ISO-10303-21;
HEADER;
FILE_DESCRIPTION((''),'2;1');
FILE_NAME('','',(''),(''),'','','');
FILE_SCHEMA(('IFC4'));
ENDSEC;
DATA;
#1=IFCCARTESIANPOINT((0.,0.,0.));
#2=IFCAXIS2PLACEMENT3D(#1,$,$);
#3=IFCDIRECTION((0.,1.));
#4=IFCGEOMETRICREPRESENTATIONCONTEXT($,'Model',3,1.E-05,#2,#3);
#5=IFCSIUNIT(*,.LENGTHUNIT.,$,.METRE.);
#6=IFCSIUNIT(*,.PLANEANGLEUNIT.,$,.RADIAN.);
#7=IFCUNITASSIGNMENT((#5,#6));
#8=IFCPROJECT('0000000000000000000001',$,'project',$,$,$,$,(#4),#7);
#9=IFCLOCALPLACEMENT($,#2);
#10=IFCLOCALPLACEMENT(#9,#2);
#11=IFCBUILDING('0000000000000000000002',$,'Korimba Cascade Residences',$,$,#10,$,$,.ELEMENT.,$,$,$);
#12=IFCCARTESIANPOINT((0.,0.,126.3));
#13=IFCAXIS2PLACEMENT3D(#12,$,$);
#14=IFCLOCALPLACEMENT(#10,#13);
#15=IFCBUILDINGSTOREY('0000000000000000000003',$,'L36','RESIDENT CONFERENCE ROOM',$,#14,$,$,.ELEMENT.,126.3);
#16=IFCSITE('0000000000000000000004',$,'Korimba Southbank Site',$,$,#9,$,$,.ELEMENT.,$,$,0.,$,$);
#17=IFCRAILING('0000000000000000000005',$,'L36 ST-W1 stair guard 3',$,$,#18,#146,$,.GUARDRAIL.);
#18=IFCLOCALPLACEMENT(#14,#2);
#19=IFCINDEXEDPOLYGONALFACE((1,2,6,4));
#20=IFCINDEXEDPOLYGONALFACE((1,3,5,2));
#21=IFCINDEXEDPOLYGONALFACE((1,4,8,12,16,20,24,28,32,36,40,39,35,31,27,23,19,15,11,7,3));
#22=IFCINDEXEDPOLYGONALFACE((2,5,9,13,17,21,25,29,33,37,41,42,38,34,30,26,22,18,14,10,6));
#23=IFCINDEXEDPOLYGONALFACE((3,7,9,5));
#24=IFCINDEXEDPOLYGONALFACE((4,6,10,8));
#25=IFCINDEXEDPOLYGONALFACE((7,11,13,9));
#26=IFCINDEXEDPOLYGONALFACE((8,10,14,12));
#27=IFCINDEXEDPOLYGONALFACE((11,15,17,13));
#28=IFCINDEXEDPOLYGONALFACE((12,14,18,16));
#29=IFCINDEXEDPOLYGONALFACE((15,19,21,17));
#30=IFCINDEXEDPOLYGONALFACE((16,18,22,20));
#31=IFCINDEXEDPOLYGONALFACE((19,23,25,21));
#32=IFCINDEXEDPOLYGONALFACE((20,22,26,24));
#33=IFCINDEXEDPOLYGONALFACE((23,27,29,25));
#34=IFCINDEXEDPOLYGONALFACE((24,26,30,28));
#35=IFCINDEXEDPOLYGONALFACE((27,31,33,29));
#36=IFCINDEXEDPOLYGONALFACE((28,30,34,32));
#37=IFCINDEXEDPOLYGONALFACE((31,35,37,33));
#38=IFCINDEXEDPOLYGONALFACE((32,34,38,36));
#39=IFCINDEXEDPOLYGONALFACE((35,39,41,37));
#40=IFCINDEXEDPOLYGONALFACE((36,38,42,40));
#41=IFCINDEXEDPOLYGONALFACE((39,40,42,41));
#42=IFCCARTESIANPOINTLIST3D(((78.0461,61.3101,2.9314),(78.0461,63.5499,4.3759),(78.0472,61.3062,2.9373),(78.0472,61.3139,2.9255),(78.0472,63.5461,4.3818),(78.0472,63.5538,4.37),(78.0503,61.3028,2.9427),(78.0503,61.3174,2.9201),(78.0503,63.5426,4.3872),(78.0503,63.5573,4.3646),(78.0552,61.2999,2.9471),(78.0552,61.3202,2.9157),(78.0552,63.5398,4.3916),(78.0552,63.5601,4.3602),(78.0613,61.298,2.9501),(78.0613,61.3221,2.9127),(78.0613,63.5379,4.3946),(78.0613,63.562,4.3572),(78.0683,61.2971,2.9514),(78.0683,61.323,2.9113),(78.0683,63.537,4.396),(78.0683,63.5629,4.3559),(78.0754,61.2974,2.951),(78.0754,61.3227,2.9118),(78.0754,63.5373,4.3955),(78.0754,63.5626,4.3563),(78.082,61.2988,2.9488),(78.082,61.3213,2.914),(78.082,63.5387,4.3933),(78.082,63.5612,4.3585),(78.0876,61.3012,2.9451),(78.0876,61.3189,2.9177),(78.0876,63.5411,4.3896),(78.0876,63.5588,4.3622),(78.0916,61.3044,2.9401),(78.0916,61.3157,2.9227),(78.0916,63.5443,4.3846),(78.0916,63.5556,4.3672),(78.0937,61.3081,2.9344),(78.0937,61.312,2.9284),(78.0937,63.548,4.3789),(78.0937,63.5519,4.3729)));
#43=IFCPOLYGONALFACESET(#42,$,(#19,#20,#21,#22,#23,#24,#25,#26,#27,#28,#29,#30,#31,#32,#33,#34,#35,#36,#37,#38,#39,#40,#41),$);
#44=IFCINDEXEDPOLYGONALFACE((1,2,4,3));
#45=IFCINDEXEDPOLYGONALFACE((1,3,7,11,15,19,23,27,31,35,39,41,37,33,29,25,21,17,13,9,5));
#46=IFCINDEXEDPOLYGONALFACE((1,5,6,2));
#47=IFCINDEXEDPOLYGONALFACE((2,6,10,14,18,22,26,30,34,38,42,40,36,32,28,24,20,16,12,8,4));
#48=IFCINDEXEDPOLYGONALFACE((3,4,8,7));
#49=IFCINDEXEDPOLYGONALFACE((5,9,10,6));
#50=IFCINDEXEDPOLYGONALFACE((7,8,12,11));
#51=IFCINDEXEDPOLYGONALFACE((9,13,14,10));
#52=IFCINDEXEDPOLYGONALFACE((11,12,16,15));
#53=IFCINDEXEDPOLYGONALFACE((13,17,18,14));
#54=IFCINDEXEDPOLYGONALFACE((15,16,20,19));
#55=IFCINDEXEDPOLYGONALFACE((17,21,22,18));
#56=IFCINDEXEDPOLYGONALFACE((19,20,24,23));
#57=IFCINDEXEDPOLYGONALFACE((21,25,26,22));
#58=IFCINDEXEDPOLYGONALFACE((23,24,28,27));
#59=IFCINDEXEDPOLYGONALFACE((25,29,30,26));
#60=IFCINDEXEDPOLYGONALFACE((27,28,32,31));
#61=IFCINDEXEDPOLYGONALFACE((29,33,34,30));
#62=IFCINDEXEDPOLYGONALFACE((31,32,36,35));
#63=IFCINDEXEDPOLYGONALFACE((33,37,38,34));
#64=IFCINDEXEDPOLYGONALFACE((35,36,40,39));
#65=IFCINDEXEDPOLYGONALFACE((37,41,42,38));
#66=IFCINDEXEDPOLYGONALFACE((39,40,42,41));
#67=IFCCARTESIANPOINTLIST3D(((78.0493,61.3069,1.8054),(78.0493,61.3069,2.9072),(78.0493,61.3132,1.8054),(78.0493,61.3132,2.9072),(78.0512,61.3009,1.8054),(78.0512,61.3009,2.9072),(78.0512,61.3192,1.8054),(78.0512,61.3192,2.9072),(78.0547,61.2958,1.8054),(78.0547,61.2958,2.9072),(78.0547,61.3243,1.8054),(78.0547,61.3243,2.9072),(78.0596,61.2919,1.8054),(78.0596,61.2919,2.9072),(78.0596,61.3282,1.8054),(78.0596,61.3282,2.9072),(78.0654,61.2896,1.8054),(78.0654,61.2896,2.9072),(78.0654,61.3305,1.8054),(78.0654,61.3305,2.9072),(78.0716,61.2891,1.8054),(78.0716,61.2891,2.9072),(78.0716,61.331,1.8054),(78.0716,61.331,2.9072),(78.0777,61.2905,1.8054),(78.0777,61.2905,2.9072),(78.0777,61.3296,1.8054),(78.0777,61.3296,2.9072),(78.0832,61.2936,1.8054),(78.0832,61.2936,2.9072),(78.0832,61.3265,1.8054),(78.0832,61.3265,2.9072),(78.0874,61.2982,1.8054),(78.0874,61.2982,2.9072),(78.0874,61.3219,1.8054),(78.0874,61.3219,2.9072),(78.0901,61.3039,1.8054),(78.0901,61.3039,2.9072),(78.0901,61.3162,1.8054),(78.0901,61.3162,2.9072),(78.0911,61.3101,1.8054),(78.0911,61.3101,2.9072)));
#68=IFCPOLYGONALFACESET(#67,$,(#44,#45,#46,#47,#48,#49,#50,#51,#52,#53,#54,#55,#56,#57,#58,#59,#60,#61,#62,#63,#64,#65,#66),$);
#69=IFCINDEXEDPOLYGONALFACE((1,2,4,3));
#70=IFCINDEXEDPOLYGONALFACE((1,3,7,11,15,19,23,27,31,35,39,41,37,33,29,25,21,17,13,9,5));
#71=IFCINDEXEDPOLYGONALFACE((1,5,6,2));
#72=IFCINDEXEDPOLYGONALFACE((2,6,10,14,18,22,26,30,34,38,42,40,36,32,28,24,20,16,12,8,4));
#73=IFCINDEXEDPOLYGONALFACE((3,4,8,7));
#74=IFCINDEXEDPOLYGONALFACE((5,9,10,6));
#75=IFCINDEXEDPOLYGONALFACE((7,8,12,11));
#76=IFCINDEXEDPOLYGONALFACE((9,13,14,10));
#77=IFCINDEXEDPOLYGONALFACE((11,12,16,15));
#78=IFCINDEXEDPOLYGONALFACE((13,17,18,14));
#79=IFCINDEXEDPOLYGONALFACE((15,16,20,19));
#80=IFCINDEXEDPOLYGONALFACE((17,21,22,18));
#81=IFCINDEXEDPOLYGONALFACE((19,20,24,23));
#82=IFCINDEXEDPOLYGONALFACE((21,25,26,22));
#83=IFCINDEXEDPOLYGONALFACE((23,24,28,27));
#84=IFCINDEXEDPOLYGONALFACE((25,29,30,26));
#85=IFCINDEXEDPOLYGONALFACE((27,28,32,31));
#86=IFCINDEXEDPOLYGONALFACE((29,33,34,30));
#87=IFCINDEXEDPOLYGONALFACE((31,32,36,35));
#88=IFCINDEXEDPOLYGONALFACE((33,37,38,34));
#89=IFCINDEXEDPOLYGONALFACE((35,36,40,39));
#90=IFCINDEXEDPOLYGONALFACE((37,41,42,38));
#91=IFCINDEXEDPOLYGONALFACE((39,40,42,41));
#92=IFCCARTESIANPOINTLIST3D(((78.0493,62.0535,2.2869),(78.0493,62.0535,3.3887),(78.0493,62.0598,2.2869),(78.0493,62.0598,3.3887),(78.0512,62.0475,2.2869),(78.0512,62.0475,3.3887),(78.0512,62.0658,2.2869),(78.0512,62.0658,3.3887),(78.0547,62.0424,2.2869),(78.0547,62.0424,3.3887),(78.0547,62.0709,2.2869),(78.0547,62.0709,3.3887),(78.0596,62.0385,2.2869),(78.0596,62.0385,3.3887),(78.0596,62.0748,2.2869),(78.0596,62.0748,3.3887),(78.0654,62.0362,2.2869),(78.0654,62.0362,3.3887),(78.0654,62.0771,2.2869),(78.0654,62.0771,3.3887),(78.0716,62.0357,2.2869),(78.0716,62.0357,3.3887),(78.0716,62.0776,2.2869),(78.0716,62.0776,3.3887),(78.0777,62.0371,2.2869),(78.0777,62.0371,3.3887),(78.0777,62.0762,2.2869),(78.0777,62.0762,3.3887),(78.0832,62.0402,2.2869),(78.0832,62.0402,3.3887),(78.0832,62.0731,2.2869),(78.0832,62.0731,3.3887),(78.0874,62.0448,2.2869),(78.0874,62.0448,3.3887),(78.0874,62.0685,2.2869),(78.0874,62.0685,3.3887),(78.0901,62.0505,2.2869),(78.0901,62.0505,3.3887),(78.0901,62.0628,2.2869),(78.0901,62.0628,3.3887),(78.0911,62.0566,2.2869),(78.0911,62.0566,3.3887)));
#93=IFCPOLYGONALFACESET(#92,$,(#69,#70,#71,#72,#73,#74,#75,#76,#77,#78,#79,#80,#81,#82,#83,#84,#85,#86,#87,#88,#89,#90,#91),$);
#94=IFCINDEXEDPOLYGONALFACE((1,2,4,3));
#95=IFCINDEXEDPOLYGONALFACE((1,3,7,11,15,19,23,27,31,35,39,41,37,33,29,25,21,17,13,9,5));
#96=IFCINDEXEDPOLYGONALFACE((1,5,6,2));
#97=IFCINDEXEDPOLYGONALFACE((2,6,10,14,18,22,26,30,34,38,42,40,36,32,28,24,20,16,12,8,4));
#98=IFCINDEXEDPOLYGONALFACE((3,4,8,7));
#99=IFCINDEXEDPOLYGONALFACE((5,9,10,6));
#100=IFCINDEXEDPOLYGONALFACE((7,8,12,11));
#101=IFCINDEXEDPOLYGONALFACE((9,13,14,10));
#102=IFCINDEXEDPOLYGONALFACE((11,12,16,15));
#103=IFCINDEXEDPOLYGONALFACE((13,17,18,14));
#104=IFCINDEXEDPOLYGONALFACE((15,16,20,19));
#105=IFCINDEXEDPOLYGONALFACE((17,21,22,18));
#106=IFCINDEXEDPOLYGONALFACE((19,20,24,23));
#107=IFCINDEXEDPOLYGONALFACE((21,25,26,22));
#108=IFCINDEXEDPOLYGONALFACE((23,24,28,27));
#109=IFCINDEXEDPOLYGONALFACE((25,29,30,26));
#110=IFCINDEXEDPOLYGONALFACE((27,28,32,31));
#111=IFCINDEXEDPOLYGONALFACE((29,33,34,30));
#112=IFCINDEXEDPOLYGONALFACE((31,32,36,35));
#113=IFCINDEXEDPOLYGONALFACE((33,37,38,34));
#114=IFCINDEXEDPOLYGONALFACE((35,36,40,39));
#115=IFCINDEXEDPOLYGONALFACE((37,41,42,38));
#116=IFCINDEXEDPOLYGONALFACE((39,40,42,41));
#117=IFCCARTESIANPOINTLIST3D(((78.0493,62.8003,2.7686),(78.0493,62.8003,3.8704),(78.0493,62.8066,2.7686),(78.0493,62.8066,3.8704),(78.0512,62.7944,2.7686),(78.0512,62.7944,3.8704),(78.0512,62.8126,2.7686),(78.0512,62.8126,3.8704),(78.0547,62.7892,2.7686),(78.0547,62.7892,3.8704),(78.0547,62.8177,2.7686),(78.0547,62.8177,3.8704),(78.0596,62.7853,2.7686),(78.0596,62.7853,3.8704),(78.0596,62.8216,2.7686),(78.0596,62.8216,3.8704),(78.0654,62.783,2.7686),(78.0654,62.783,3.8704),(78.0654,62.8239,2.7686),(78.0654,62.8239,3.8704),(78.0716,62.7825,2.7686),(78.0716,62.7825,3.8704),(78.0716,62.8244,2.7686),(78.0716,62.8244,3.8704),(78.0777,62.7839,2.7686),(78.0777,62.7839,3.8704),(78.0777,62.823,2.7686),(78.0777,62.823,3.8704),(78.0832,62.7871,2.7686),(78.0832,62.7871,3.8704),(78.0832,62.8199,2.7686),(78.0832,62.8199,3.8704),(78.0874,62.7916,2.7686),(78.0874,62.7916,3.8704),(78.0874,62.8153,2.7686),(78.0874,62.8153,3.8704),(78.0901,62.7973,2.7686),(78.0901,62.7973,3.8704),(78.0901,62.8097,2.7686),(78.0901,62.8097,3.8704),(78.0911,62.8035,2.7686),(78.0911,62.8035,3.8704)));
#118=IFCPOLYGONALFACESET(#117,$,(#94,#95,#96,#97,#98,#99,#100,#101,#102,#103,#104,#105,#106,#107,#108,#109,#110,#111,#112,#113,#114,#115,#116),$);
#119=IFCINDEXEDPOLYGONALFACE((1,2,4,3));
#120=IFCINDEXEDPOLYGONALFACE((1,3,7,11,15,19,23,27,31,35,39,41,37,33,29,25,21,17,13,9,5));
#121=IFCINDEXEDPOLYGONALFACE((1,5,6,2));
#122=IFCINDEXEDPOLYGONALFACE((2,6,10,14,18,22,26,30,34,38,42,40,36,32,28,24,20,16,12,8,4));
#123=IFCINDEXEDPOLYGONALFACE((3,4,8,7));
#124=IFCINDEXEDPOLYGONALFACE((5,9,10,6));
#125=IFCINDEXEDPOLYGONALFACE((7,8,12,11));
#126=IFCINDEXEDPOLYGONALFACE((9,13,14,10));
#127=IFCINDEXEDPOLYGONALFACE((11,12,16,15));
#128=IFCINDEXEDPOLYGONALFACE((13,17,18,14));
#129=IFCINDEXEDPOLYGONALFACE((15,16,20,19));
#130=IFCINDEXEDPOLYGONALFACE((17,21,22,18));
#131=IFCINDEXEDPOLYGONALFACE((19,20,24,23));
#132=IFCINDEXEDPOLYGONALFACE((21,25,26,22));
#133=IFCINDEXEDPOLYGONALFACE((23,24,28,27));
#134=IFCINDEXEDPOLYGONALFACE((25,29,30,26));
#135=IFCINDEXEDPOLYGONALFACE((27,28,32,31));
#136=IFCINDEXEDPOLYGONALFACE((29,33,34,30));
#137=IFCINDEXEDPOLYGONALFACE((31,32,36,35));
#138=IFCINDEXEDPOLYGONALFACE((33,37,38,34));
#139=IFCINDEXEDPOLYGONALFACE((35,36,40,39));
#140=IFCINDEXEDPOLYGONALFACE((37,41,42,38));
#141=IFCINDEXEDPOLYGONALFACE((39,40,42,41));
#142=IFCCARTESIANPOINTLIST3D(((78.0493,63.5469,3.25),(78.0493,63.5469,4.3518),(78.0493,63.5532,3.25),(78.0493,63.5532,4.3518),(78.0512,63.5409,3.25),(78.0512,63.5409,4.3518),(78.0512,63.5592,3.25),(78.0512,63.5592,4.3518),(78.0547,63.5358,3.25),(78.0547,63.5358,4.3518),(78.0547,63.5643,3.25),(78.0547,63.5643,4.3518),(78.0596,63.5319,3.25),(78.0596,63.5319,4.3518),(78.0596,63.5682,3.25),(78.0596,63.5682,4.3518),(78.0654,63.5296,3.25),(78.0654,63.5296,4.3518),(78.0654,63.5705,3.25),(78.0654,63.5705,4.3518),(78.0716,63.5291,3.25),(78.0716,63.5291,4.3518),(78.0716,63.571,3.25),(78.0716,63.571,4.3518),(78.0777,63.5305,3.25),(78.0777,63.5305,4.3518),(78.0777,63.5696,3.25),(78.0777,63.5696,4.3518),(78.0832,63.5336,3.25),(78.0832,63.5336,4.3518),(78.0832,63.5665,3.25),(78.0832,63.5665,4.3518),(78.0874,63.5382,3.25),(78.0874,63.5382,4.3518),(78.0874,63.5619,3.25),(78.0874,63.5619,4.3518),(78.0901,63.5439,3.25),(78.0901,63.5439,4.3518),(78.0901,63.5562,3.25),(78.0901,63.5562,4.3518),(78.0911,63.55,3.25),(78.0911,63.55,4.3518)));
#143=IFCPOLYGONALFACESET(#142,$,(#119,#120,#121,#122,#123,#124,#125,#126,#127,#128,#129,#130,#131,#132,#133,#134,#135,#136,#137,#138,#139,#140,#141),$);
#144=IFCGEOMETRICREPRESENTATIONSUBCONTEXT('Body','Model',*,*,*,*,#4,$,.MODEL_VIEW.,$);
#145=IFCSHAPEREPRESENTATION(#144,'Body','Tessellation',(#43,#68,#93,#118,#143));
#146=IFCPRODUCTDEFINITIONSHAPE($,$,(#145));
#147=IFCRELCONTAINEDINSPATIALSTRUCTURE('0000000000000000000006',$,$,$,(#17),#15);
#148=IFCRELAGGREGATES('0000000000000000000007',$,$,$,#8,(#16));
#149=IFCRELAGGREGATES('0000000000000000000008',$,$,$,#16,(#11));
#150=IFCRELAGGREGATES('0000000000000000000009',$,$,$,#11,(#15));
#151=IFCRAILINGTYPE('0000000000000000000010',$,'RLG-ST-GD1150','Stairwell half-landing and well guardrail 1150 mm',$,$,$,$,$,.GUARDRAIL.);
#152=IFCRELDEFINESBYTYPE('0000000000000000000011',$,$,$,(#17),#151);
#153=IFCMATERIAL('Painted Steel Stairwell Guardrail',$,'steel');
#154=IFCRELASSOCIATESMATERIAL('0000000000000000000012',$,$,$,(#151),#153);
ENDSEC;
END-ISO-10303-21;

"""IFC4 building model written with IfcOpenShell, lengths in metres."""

from ifc_helpers import new_model, si_unit, direction, frame, origin, origin_2d, place, context, subcontext, project, spatial, circle, extrude, material, type_object, element, save


model = new_model("IFC4")

# Units and contexts
model_context = context("Model", 3, precision=1e-05, world=origin(), true_north=direction((0.0, 1.0)))
body_context = subcontext(model_context, "Body", "Model", "MODEL_VIEW")
ifc_project = project(units=[si_unit("LENGTHUNIT", "METRE"), si_unit("PLANEANGLEUNIT", "RADIAN")], contexts=[model_context])

# Site, building, storey
site_placement = place(None, origin())
site = spatial("IfcSite", under=ifc_project, at=site_placement, Name="Korimba Southbank Site", CompositionType="ELEMENT", RefElevation=0.0)
building_placement = place(site_placement, origin())
building = spatial("IfcBuilding", under=site, at=building_placement, Name="Korimba Cascade Residences", CompositionType="ELEMENT")
storey_placement = place(building_placement, frame((0.0, 0.0, 126.3)))
storey = spatial("IfcBuildingStorey", under=building, at=storey_placement, Name="L36", Description="RESIDENT CONFERENCE ROOM", CompositionType="ELEMENT", Elevation=126.3)

# Railing
ifc_material_1 = material(Name="Painted Steel Stairwell Guardrail", Category="steel")
railing_type_1 = type_object("IfcRailingType", Name="RLG-ST-GD1150", Description="Stairwell half-landing and well guardrail 1150 mm", PredefinedType="GUARDRAIL", material=ifc_material_1)
railing_1_placement = place(storey_placement, frame((78.0701, 61.3101, 1.8054)))
element("IfcRailing", 1, at=railing_1_placement, inside=storey, type_object=railing_type_1, Name="L36 ST-W1 stair guard 3", PredefinedType="GUARDRAIL", context=body_context, shape_type="SweptSolid", body=[
    extrude(circle(Radius=0.0239, at=origin_2d()), frame((0.0, 0.0, 1.126), z_axis=(0.0, 0.840395, 0.541975), x_axis=(-1.0, 0.0, 0.0)), (0.0, 0.0, 1.0), 2.6653),
    extrude(circle(Radius=0.021, at=origin_2d()), origin(), (0.0, 0.0, 1.0), 1.1018),
    extrude(circle(Radius=0.021, at=origin_2d()), frame((0.0, 0.7466, 0.4814)), (0.0, 0.0, 1.0), 1.1018),
    extrude(circle(Radius=0.021, at=origin_2d()), frame((0.0, 1.4934, 0.9631)), (0.0, 0.0, 1.0), 1.1018),
    extrude(circle(Radius=0.021, at=origin_2d()), frame((0.0, 2.24, 1.4446)), (0.0, 0.0, 1.0), 1.1018),
])

save(model, "model.ifc")
